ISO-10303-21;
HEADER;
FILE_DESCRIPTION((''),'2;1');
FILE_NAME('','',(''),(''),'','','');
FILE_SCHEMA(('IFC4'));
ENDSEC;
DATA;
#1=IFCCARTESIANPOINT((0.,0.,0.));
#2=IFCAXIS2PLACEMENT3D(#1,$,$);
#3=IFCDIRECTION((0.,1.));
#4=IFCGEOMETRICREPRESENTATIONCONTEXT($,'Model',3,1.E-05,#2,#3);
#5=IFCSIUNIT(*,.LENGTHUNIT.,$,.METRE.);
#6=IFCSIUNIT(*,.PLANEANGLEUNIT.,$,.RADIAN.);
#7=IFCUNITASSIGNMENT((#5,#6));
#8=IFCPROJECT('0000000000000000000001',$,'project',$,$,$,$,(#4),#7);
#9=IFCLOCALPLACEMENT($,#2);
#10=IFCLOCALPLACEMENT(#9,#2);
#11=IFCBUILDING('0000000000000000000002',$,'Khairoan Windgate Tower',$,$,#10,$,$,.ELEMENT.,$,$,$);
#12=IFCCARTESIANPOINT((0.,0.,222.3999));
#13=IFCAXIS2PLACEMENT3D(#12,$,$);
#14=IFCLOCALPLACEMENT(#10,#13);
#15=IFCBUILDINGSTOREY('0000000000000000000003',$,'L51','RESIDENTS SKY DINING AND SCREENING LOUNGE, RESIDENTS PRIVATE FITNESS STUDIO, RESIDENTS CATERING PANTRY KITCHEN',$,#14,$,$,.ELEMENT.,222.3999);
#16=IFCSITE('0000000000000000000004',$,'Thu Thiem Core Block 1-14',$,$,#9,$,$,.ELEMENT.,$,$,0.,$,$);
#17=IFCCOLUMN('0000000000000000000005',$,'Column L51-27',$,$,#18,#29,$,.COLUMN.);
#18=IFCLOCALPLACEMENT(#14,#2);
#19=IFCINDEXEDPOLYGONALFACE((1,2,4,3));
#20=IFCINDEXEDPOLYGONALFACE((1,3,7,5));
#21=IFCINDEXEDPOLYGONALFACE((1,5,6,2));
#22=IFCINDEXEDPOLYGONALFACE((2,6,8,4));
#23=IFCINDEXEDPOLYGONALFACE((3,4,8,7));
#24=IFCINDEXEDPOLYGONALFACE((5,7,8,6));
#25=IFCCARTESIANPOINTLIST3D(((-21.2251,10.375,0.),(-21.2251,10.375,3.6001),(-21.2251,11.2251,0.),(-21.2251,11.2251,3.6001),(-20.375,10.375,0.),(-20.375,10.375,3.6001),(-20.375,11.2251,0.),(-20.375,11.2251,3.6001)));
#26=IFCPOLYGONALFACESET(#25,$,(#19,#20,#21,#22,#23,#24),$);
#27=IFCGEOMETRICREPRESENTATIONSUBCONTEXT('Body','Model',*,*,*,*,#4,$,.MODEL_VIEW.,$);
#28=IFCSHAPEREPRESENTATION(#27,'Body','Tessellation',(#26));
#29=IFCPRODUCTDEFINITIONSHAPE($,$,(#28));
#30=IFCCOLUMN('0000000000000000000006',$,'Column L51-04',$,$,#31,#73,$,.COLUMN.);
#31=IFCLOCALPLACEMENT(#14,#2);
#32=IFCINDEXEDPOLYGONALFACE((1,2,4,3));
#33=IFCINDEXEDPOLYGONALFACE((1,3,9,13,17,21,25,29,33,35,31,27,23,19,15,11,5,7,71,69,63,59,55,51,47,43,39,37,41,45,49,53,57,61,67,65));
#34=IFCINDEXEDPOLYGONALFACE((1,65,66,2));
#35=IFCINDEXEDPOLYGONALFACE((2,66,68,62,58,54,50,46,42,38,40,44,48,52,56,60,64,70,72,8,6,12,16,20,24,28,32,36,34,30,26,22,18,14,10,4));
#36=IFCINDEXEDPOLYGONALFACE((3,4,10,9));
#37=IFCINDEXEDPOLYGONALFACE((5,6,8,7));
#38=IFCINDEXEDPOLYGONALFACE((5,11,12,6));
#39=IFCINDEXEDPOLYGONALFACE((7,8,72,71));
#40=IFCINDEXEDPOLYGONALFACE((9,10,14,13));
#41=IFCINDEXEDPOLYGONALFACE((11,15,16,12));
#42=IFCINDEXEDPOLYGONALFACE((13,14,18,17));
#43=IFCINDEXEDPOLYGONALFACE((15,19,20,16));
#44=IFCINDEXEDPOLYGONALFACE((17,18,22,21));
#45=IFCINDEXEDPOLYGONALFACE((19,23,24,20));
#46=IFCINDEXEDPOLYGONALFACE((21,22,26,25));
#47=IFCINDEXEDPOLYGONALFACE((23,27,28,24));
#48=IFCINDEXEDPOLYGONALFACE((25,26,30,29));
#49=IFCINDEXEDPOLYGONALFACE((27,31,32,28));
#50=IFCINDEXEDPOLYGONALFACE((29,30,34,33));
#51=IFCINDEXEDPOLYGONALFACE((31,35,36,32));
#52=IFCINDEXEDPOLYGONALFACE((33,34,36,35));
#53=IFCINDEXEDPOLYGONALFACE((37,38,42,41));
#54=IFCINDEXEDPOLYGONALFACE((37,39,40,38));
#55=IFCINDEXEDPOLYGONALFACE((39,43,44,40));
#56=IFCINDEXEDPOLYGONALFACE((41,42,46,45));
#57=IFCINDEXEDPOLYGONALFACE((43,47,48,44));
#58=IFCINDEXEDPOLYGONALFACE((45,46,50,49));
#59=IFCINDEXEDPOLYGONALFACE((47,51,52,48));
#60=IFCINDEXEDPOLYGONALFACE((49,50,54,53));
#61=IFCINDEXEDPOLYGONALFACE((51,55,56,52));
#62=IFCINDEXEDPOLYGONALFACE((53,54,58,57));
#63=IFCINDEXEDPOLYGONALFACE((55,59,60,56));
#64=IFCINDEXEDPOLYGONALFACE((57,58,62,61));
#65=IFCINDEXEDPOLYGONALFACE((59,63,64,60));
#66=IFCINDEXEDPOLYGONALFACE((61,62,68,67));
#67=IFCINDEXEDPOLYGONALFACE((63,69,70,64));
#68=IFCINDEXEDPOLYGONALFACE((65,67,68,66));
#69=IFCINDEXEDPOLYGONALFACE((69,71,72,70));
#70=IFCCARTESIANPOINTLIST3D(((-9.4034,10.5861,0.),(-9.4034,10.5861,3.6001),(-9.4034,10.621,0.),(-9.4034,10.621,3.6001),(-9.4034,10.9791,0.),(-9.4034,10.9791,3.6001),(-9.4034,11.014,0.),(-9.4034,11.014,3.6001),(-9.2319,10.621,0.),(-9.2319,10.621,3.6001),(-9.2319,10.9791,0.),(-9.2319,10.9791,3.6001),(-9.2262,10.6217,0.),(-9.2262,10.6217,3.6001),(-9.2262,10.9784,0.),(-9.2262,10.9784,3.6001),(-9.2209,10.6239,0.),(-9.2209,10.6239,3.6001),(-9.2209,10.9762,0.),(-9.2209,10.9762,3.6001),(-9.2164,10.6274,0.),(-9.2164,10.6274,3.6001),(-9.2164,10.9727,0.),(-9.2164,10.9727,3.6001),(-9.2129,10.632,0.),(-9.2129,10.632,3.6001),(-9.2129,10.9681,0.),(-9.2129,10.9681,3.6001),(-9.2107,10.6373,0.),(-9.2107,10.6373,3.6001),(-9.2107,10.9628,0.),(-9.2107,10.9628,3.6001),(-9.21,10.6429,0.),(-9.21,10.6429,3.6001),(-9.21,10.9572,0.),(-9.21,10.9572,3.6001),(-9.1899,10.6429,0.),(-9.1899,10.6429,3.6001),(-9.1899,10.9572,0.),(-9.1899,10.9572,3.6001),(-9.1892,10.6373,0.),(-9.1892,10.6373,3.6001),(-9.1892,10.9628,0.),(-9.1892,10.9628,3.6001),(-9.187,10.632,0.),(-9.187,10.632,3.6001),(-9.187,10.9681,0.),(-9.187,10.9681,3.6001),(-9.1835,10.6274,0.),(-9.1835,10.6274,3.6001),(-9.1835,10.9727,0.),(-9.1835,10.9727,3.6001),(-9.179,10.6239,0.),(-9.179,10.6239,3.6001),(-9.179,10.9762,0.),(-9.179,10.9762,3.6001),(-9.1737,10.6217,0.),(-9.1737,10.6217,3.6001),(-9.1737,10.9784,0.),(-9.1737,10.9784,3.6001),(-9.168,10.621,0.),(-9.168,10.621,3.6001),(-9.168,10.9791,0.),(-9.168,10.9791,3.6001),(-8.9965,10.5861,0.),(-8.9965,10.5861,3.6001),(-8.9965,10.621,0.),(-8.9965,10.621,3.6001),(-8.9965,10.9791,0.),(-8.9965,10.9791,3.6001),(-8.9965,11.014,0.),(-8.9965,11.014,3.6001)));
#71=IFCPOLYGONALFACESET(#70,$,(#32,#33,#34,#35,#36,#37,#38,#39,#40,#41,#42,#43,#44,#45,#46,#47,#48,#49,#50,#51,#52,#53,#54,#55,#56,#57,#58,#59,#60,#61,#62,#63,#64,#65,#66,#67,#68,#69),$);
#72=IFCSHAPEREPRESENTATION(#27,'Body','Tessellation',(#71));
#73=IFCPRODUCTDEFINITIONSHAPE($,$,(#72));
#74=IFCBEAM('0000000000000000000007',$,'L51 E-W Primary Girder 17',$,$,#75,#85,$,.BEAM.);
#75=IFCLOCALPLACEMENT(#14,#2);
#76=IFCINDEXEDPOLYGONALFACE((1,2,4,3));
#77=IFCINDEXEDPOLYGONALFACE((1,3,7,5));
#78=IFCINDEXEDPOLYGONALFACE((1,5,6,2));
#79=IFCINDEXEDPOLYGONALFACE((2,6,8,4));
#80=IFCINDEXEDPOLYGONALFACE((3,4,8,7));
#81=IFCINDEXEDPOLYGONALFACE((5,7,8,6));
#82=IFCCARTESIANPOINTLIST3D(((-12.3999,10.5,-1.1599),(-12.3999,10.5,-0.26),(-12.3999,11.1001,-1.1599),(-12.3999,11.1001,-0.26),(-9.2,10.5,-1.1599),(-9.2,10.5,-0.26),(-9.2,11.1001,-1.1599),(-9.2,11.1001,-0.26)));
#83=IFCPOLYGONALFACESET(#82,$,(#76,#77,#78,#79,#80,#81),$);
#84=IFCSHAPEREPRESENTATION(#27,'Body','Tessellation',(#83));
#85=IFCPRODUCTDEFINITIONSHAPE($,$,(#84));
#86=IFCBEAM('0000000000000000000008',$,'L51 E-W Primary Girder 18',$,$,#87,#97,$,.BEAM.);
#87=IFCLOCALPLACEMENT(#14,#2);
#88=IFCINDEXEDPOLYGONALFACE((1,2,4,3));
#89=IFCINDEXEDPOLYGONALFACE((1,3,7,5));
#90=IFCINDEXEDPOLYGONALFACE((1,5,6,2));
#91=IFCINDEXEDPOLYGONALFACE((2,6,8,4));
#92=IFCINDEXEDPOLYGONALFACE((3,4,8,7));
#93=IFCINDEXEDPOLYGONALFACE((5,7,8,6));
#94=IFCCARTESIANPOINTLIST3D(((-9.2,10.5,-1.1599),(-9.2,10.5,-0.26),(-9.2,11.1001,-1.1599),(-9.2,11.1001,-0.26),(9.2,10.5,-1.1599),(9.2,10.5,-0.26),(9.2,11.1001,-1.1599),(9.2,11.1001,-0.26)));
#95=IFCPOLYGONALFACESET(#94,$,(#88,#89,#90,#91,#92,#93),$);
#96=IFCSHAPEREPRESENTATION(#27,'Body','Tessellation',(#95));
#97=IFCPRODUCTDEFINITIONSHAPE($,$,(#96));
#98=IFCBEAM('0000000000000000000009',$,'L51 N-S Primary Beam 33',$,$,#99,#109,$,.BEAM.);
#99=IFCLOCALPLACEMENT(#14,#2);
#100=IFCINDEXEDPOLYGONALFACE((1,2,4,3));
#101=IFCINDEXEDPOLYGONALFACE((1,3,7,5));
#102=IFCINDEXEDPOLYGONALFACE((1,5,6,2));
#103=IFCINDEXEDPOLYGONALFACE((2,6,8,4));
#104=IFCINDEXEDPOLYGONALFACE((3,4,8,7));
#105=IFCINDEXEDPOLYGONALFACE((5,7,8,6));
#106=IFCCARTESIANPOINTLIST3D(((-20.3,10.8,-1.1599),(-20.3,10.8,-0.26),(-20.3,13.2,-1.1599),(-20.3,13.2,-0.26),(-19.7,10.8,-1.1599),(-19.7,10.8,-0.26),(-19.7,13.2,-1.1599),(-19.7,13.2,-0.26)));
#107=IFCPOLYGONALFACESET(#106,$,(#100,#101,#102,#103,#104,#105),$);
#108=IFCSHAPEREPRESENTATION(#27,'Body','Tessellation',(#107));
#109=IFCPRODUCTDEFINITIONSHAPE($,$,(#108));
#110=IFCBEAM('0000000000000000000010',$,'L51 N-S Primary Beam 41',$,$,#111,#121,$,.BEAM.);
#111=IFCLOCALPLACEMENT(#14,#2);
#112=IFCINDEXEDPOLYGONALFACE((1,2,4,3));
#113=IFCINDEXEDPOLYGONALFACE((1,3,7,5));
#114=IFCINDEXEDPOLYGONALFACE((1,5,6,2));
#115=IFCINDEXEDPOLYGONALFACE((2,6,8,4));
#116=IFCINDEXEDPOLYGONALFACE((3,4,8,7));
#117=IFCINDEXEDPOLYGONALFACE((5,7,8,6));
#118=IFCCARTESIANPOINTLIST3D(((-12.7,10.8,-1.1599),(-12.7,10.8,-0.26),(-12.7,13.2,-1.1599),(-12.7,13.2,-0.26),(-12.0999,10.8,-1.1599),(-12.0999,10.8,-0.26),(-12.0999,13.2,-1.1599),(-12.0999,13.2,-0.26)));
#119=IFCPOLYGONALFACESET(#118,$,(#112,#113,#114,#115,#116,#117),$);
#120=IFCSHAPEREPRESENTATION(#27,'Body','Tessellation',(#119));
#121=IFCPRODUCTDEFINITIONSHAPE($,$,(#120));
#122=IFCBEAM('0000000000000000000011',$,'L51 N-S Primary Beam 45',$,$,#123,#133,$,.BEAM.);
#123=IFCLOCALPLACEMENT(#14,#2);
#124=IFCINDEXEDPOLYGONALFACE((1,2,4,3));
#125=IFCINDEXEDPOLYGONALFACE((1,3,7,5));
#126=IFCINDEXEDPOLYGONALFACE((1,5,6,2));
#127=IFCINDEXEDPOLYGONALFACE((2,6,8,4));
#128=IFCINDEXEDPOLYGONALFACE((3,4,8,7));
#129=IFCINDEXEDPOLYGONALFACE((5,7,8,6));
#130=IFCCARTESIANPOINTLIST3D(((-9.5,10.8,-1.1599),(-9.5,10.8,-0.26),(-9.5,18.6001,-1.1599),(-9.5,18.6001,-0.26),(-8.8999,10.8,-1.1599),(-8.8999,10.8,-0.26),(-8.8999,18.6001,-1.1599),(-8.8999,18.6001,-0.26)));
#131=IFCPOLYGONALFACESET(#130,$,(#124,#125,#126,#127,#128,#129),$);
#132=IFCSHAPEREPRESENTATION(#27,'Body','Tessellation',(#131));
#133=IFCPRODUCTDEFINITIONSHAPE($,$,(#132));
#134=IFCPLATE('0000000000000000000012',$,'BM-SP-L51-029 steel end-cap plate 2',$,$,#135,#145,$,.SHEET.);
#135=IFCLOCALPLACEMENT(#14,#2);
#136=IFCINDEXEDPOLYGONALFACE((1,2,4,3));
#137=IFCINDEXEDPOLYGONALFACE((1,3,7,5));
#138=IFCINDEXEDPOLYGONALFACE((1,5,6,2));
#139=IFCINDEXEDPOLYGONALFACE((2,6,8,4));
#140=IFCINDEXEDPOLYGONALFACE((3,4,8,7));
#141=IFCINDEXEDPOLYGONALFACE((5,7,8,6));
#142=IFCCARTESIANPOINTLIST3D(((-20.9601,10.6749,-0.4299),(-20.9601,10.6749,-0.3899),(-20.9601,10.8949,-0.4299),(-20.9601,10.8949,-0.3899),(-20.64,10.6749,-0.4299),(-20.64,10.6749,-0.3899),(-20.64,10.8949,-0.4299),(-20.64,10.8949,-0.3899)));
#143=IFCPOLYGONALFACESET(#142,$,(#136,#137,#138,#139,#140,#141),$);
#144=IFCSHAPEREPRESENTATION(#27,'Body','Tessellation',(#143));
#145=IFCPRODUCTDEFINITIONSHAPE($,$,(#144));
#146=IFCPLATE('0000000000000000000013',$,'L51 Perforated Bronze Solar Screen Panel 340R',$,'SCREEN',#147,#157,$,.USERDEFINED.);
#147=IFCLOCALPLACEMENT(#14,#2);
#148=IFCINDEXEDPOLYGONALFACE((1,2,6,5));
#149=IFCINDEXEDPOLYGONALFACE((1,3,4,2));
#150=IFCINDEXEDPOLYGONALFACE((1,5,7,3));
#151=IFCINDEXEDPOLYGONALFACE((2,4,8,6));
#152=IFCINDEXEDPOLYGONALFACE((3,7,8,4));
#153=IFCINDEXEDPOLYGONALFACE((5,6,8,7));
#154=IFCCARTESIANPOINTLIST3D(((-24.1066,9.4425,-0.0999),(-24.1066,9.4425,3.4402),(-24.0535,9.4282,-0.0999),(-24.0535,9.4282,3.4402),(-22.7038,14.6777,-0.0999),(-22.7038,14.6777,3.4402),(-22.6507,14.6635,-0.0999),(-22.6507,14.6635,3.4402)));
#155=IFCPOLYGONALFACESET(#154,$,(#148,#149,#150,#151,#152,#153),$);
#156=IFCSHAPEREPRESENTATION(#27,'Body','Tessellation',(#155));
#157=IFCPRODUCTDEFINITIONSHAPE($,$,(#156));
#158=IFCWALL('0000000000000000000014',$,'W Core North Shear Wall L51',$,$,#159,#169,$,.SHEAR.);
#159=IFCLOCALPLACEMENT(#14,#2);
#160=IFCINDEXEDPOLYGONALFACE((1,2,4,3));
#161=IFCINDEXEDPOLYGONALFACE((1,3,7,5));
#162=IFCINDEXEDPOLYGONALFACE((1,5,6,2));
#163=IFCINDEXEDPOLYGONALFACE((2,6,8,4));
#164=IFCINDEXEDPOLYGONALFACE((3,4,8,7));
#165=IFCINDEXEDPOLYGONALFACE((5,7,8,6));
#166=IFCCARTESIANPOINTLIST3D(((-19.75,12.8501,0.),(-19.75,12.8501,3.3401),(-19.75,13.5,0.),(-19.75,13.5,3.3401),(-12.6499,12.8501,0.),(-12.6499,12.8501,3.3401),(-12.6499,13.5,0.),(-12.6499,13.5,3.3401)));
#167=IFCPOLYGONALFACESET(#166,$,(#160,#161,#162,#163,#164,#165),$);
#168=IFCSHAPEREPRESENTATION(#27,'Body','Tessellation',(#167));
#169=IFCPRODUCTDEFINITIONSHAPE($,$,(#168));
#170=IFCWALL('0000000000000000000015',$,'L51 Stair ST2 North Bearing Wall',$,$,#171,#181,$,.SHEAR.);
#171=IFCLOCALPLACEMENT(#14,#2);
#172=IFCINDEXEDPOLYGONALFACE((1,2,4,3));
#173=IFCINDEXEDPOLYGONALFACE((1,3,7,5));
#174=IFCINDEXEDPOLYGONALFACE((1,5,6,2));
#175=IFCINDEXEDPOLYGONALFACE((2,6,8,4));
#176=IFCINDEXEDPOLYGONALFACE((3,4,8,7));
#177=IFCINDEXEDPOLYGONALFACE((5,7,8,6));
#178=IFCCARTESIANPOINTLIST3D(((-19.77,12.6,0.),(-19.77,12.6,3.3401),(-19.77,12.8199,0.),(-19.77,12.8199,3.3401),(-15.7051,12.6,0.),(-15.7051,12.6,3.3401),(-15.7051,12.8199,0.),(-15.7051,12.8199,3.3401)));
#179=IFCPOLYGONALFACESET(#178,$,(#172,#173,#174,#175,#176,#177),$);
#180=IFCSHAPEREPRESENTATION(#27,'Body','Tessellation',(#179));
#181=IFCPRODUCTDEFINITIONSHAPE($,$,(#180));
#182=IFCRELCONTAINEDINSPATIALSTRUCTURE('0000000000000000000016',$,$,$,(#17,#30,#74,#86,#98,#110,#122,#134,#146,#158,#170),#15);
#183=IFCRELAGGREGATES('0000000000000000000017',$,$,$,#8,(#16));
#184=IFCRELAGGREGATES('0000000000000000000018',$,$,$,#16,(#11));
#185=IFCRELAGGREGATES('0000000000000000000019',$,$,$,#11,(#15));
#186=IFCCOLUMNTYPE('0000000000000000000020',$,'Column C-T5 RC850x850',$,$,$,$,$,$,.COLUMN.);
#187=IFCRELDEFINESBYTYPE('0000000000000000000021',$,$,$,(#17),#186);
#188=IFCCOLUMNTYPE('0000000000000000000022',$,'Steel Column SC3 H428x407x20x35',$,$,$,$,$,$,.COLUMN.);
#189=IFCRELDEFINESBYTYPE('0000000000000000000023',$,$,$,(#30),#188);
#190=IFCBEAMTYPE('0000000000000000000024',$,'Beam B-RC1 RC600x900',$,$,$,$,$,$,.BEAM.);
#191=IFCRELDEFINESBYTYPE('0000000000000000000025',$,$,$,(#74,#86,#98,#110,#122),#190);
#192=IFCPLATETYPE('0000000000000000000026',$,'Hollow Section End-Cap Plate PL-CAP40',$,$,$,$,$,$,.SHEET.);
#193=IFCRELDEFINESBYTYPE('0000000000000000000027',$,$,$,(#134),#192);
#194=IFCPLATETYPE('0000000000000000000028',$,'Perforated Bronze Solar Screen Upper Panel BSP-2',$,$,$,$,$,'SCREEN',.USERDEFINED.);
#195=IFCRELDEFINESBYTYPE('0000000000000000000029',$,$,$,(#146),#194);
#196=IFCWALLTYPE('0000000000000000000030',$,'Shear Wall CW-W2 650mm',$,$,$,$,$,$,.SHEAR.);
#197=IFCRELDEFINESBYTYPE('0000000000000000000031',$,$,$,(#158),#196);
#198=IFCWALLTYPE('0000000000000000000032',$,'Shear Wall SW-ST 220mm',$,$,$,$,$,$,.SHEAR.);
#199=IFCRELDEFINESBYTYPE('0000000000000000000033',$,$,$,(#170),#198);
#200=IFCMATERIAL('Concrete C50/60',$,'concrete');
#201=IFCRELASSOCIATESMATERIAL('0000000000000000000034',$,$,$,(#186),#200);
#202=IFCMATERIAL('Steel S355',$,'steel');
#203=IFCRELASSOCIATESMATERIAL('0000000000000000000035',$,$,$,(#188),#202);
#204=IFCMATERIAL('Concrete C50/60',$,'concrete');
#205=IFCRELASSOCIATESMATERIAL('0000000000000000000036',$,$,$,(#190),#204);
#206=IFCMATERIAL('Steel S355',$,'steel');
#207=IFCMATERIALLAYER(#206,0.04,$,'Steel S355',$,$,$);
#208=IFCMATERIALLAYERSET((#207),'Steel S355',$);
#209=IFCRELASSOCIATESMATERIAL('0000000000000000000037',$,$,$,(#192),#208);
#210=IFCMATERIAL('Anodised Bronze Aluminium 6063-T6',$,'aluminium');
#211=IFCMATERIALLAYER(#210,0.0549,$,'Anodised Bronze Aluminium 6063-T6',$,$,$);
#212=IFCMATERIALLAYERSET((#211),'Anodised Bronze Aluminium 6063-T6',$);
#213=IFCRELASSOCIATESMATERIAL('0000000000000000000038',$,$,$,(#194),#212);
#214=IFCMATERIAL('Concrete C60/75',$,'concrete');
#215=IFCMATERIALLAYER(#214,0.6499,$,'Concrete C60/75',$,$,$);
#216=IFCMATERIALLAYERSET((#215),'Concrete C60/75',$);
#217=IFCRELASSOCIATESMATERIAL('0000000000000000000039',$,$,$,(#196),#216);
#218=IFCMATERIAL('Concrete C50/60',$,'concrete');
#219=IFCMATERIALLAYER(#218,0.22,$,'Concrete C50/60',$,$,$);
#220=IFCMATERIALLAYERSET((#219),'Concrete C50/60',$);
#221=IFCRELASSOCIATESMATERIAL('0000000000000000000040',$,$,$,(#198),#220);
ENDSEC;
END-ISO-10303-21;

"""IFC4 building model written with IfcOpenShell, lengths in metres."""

from ifc_helpers import new_model, si_unit, direction, frame, frame_2d, origin, origin_2d, place, context, subcontext, project, spatial, rectangle, i_section, extrude, material, layer, layer_set, material_profile, profile_set, type_object, element, save


model = new_model("IFC4")

# Units and contexts
model_context = context("Model", 3, precision=1e-05, world=origin(), true_north=direction((0.0, 1.0)))
body_context = subcontext(model_context, "Body", "Model", "MODEL_VIEW")
ifc_project = project(units=[si_unit("LENGTHUNIT", "METRE"), si_unit("PLANEANGLEUNIT", "RADIAN")], contexts=[model_context])

# Site, building, storey
site_placement = place(None, origin())
site = spatial("IfcSite", under=ifc_project, at=site_placement, Name="Thu Thiem Core Block 1-14", CompositionType="ELEMENT", RefElevation=0.0)
building_placement = place(site_placement, origin())
building = spatial("IfcBuilding", under=site, at=building_placement, Name="Khairoan Windgate Tower", CompositionType="ELEMENT")
storey_placement = place(building_placement, frame((0.0, 0.0, 222.3999)))
storey = spatial("IfcBuildingStorey", under=building, at=storey_placement, Name="L51", Description="RESIDENTS SKY DINING AND SCREENING LOUNGE, RESIDENTS PRIVATE FITNESS STUDIO, RESIDENTS CATERING PANTRY KITCHEN", CompositionType="ELEMENT", Elevation=222.3999)

# Columns
ifc_material_1 = material(Name="Concrete C50/60", Category="concrete")
ifc_material_profile_1 = material_profile(ifc_material_1, rectangle(XDim=0.8501, YDim=0.8501, at=origin_2d()))
ifc_profile_set_1 = profile_set([ifc_material_profile_1], Name="Concrete C50/60")
column_type_1 = type_object("IfcColumnType", Name="Column C-T5 RC850x850", PredefinedType="COLUMN", material=ifc_profile_set_1)
column_1_placement = place(storey_placement, frame((-20.8, 10.8, 0.0), z_axis=(0.0, 0.0, 1.0), x_axis=(1.0, 0.0, 0.0)))
element("IfcColumn", 1, at=column_1_placement, inside=storey, type_object=column_type_1, Name="Column L51-27", PredefinedType="COLUMN", context=body_context, shape_type="SweptSolid", body=[
    extrude(rectangle(XDim=0.8501, YDim=0.8501, at=origin_2d()), origin(), (0.0, 0.0, 1.0), 3.6001),
])
ifc_material_2 = material(Name="Steel S355", Category="steel")
ifc_material_profile_2 = material_profile(ifc_material_2, i_section(OverallWidth=0.407, OverallDepth=0.428, WebThickness=0.02, FlangeThickness=0.0349, FilletRadius=0.022, at=origin_2d()))
ifc_profile_set_2 = profile_set([ifc_material_profile_2], Name="Steel S355")
column_type_2 = type_object("IfcColumnType", Name="Steel Column SC3 H428x407x20x35", PredefinedType="COLUMN", material=ifc_profile_set_2)
column_2_placement = place(storey_placement, frame((-9.2, 10.8, 0.0), z_axis=(0.0, 0.0, 1.0), x_axis=(1.0, 0.0, 0.0)))
element("IfcColumn", 2, at=column_2_placement, inside=storey, type_object=column_type_2, Name="Column L51-04", PredefinedType="COLUMN", context=body_context, shape_type="SweptSolid", body=[
    extrude(i_section(OverallWidth=0.407, OverallDepth=0.428, WebThickness=0.02, FlangeThickness=0.0349, FilletRadius=0.022, at=origin_2d()), origin(), (0.0, 0.0, 1.0), 3.6001),
])

# Beams
ifc_material_3 = material(Name="Concrete C50/60", Category="concrete")
ifc_material_profile_3 = material_profile(ifc_material_3, rectangle(XDim=0.6001, YDim=0.8999, at=origin_2d()))
ifc_profile_set_3 = profile_set([ifc_material_profile_3], Name="Concrete C50/60")
beam_type = type_object("IfcBeamType", Name="Beam B-RC1 RC600x900", PredefinedType="BEAM", material=ifc_profile_set_3)
beam_1_placement = place(storey_placement, frame((-12.3999, 10.8, -0.71), z_axis=(1.0, 0.0, 0.0), x_axis=(0.0, 1.0, 0.0)))
element("IfcBeam", 3, at=beam_1_placement, inside=storey, type_object=beam_type, Name="L51 E-W Primary Girder 17", PredefinedType="BEAM", context=body_context, shape_type="SweptSolid", body=[
    extrude(rectangle(XDim=0.6001, YDim=0.8999, at=origin_2d()), origin(), (0.0, 0.0, 1.0), 3.2),
])
beam_2_placement = place(storey_placement, frame((-9.2, 10.8, -0.71), z_axis=(1.0, 0.0, 0.0), x_axis=(0.0, 1.0, 0.0)))
element("IfcBeam", 4, at=beam_2_placement, inside=storey, type_object=beam_type, Name="L51 E-W Primary Girder 18", PredefinedType="BEAM", context=body_context, shape_type="SweptSolid", body=[
    extrude(rectangle(XDim=0.6001, YDim=0.8999, at=origin_2d()), origin(), (0.0, 0.0, 1.0), 18.3999),
])
for number, where, z_axis, x_axis, name in (
    (5, (-20.0, 10.8, -0.71), (0.0, 1.0, 0.0), (-1.0, 0.0, 0.0), "L51 N-S Primary Beam 33"),
    (6, (-12.3999, 10.8, -0.71), (0.0, 1.0, 0.0), (-1.0, 0.0, 0.0), "L51 N-S Primary Beam 41"),
):
    element("IfcBeam", number, at=place(storey_placement, frame(where, z_axis=z_axis, x_axis=x_axis)), inside=storey, type_object=beam_type, Name=name, PredefinedType="BEAM", context=body_context, shape_type="SweptSolid", body=[
        extrude(rectangle(XDim=0.6001, YDim=0.8999, at=origin_2d()), origin(), (0.0, 0.0, 1.0), 2.3999),
    ])
beam_3_placement = place(storey_placement, frame((-9.2, 10.8, -0.71), z_axis=(0.0, 1.0, 0.0), x_axis=(-1.0, 0.0, 0.0)))
element("IfcBeam", 7, at=beam_3_placement, inside=storey, type_object=beam_type, Name="L51 N-S Primary Beam 45", PredefinedType="BEAM", context=body_context, shape_type="SweptSolid", body=[
    extrude(rectangle(XDim=0.6001, YDim=0.8999, at=origin_2d()), origin(), (0.0, 0.0, 1.0), 7.8),
])

# Plates
ifc_material_4 = material(Name="Steel S355", Category="steel")
ifc_layer_1 = layer(ifc_material_4, 0.04, Name="Steel S355")
ifc_layer_set_1 = layer_set([ifc_layer_1], Name="Steel S355")
plate_type_1 = type_object("IfcPlateType", Name="Hollow Section End-Cap Plate PL-CAP40", PredefinedType="SHEET", material=ifc_layer_set_1)
plate_1_placement = place(storey_placement, frame((-20.8, 10.7849, -0.4299), z_axis=(0.0, 0.0, 1.0), x_axis=(0.0, 1.0, 0.0)))
element("IfcPlate", 8, at=plate_1_placement, inside=storey, type_object=plate_type_1, Name="BM-SP-L51-029 steel end-cap plate 2", PredefinedType="SHEET", context=body_context, shape_type="SweptSolid", body=[
    extrude(rectangle(XDim=0.22, YDim=0.3201, at=origin_2d()), origin(), (0.0, 0.0, 1.0), 0.04),
])
ifc_material_5 = material(Name="Anodised Bronze Aluminium 6063-T6", Category="aluminium")
ifc_layer_2 = layer(ifc_material_5, 0.0549, Name="Anodised Bronze Aluminium 6063-T6")
ifc_layer_set_2 = layer_set([ifc_layer_2], Name="Anodised Bronze Aluminium 6063-T6")
plate_type_2 = type_object("IfcPlateType", Name="Perforated Bronze Solar Screen Upper Panel BSP-2", ElementType="SCREEN", PredefinedType="USERDEFINED", material=ifc_layer_set_2)
plate_2_placement = place(storey_placement, frame((-23.3787, 12.053, -0.0999), z_axis=(0.0, 0.0, 1.0), x_axis=(0.258819, 0.965926, 0.0)))
element("IfcPlate", 9, at=plate_2_placement, inside=storey, type_object=plate_type_2, Name="L51 Perforated Bronze Solar Screen Panel 340R", ObjectType="SCREEN", PredefinedType="USERDEFINED", context=body_context, shape_type="SweptSolid", body=[
    extrude(rectangle(XDim=5.4199, YDim=0.0549, at=origin_2d()), origin(), (0.0, 0.0, 1.0), 3.54),
])

# Walls
ifc_material_6 = material(Name="Concrete C60/75", Category="concrete")
ifc_layer_3 = layer(ifc_material_6, 0.6499, Name="Concrete C60/75")
ifc_layer_set_3 = layer_set([ifc_layer_3], Name="Concrete C60/75")
wall_type_1 = type_object("IfcWallType", Name="Shear Wall CW-W2 650mm", PredefinedType="SHEAR", material=ifc_layer_set_3)
wall_1_placement = place(storey_placement, frame((-19.75, 13.175, 0.0), z_axis=(0.0, 0.0, 1.0), x_axis=(1.0, 0.0, 0.0)))
element("IfcWall", 10, at=wall_1_placement, inside=storey, type_object=wall_type_1, Name="W Core North Shear Wall L51", PredefinedType="SHEAR", context=body_context, shape_type="SweptSolid", body=[
    extrude(rectangle(XDim=7.1001, YDim=0.6499, at=frame_2d((3.55, 0.0))), origin(), (0.0, 0.0, 1.0), 3.3401),
])
ifc_material_7 = material(Name="Concrete C50/60", Category="concrete")
ifc_layer_4 = layer(ifc_material_7, 0.22, Name="Concrete C50/60")
ifc_layer_set_4 = layer_set([ifc_layer_4], Name="Concrete C50/60")
wall_type_2 = type_object("IfcWallType", Name="Shear Wall SW-ST 220mm", PredefinedType="SHEAR", material=ifc_layer_set_4)
wall_2_placement = place(storey_placement, frame((-19.77, 12.71, 0.0), z_axis=(0.0, 0.0, 1.0), x_axis=(1.0, 0.0, 0.0)))
element("IfcWall", 11, at=wall_2_placement, inside=storey, type_object=wall_type_2, Name="L51 Stair ST2 North Bearing Wall", PredefinedType="SHEAR", context=body_context, shape_type="SweptSolid", body=[
    extrude(rectangle(XDim=4.0649, YDim=0.22, at=frame_2d((2.0325, 0.0))), origin(), (0.0, 0.0, 1.0), 3.3401),
])

save(model, "model.ifc")
